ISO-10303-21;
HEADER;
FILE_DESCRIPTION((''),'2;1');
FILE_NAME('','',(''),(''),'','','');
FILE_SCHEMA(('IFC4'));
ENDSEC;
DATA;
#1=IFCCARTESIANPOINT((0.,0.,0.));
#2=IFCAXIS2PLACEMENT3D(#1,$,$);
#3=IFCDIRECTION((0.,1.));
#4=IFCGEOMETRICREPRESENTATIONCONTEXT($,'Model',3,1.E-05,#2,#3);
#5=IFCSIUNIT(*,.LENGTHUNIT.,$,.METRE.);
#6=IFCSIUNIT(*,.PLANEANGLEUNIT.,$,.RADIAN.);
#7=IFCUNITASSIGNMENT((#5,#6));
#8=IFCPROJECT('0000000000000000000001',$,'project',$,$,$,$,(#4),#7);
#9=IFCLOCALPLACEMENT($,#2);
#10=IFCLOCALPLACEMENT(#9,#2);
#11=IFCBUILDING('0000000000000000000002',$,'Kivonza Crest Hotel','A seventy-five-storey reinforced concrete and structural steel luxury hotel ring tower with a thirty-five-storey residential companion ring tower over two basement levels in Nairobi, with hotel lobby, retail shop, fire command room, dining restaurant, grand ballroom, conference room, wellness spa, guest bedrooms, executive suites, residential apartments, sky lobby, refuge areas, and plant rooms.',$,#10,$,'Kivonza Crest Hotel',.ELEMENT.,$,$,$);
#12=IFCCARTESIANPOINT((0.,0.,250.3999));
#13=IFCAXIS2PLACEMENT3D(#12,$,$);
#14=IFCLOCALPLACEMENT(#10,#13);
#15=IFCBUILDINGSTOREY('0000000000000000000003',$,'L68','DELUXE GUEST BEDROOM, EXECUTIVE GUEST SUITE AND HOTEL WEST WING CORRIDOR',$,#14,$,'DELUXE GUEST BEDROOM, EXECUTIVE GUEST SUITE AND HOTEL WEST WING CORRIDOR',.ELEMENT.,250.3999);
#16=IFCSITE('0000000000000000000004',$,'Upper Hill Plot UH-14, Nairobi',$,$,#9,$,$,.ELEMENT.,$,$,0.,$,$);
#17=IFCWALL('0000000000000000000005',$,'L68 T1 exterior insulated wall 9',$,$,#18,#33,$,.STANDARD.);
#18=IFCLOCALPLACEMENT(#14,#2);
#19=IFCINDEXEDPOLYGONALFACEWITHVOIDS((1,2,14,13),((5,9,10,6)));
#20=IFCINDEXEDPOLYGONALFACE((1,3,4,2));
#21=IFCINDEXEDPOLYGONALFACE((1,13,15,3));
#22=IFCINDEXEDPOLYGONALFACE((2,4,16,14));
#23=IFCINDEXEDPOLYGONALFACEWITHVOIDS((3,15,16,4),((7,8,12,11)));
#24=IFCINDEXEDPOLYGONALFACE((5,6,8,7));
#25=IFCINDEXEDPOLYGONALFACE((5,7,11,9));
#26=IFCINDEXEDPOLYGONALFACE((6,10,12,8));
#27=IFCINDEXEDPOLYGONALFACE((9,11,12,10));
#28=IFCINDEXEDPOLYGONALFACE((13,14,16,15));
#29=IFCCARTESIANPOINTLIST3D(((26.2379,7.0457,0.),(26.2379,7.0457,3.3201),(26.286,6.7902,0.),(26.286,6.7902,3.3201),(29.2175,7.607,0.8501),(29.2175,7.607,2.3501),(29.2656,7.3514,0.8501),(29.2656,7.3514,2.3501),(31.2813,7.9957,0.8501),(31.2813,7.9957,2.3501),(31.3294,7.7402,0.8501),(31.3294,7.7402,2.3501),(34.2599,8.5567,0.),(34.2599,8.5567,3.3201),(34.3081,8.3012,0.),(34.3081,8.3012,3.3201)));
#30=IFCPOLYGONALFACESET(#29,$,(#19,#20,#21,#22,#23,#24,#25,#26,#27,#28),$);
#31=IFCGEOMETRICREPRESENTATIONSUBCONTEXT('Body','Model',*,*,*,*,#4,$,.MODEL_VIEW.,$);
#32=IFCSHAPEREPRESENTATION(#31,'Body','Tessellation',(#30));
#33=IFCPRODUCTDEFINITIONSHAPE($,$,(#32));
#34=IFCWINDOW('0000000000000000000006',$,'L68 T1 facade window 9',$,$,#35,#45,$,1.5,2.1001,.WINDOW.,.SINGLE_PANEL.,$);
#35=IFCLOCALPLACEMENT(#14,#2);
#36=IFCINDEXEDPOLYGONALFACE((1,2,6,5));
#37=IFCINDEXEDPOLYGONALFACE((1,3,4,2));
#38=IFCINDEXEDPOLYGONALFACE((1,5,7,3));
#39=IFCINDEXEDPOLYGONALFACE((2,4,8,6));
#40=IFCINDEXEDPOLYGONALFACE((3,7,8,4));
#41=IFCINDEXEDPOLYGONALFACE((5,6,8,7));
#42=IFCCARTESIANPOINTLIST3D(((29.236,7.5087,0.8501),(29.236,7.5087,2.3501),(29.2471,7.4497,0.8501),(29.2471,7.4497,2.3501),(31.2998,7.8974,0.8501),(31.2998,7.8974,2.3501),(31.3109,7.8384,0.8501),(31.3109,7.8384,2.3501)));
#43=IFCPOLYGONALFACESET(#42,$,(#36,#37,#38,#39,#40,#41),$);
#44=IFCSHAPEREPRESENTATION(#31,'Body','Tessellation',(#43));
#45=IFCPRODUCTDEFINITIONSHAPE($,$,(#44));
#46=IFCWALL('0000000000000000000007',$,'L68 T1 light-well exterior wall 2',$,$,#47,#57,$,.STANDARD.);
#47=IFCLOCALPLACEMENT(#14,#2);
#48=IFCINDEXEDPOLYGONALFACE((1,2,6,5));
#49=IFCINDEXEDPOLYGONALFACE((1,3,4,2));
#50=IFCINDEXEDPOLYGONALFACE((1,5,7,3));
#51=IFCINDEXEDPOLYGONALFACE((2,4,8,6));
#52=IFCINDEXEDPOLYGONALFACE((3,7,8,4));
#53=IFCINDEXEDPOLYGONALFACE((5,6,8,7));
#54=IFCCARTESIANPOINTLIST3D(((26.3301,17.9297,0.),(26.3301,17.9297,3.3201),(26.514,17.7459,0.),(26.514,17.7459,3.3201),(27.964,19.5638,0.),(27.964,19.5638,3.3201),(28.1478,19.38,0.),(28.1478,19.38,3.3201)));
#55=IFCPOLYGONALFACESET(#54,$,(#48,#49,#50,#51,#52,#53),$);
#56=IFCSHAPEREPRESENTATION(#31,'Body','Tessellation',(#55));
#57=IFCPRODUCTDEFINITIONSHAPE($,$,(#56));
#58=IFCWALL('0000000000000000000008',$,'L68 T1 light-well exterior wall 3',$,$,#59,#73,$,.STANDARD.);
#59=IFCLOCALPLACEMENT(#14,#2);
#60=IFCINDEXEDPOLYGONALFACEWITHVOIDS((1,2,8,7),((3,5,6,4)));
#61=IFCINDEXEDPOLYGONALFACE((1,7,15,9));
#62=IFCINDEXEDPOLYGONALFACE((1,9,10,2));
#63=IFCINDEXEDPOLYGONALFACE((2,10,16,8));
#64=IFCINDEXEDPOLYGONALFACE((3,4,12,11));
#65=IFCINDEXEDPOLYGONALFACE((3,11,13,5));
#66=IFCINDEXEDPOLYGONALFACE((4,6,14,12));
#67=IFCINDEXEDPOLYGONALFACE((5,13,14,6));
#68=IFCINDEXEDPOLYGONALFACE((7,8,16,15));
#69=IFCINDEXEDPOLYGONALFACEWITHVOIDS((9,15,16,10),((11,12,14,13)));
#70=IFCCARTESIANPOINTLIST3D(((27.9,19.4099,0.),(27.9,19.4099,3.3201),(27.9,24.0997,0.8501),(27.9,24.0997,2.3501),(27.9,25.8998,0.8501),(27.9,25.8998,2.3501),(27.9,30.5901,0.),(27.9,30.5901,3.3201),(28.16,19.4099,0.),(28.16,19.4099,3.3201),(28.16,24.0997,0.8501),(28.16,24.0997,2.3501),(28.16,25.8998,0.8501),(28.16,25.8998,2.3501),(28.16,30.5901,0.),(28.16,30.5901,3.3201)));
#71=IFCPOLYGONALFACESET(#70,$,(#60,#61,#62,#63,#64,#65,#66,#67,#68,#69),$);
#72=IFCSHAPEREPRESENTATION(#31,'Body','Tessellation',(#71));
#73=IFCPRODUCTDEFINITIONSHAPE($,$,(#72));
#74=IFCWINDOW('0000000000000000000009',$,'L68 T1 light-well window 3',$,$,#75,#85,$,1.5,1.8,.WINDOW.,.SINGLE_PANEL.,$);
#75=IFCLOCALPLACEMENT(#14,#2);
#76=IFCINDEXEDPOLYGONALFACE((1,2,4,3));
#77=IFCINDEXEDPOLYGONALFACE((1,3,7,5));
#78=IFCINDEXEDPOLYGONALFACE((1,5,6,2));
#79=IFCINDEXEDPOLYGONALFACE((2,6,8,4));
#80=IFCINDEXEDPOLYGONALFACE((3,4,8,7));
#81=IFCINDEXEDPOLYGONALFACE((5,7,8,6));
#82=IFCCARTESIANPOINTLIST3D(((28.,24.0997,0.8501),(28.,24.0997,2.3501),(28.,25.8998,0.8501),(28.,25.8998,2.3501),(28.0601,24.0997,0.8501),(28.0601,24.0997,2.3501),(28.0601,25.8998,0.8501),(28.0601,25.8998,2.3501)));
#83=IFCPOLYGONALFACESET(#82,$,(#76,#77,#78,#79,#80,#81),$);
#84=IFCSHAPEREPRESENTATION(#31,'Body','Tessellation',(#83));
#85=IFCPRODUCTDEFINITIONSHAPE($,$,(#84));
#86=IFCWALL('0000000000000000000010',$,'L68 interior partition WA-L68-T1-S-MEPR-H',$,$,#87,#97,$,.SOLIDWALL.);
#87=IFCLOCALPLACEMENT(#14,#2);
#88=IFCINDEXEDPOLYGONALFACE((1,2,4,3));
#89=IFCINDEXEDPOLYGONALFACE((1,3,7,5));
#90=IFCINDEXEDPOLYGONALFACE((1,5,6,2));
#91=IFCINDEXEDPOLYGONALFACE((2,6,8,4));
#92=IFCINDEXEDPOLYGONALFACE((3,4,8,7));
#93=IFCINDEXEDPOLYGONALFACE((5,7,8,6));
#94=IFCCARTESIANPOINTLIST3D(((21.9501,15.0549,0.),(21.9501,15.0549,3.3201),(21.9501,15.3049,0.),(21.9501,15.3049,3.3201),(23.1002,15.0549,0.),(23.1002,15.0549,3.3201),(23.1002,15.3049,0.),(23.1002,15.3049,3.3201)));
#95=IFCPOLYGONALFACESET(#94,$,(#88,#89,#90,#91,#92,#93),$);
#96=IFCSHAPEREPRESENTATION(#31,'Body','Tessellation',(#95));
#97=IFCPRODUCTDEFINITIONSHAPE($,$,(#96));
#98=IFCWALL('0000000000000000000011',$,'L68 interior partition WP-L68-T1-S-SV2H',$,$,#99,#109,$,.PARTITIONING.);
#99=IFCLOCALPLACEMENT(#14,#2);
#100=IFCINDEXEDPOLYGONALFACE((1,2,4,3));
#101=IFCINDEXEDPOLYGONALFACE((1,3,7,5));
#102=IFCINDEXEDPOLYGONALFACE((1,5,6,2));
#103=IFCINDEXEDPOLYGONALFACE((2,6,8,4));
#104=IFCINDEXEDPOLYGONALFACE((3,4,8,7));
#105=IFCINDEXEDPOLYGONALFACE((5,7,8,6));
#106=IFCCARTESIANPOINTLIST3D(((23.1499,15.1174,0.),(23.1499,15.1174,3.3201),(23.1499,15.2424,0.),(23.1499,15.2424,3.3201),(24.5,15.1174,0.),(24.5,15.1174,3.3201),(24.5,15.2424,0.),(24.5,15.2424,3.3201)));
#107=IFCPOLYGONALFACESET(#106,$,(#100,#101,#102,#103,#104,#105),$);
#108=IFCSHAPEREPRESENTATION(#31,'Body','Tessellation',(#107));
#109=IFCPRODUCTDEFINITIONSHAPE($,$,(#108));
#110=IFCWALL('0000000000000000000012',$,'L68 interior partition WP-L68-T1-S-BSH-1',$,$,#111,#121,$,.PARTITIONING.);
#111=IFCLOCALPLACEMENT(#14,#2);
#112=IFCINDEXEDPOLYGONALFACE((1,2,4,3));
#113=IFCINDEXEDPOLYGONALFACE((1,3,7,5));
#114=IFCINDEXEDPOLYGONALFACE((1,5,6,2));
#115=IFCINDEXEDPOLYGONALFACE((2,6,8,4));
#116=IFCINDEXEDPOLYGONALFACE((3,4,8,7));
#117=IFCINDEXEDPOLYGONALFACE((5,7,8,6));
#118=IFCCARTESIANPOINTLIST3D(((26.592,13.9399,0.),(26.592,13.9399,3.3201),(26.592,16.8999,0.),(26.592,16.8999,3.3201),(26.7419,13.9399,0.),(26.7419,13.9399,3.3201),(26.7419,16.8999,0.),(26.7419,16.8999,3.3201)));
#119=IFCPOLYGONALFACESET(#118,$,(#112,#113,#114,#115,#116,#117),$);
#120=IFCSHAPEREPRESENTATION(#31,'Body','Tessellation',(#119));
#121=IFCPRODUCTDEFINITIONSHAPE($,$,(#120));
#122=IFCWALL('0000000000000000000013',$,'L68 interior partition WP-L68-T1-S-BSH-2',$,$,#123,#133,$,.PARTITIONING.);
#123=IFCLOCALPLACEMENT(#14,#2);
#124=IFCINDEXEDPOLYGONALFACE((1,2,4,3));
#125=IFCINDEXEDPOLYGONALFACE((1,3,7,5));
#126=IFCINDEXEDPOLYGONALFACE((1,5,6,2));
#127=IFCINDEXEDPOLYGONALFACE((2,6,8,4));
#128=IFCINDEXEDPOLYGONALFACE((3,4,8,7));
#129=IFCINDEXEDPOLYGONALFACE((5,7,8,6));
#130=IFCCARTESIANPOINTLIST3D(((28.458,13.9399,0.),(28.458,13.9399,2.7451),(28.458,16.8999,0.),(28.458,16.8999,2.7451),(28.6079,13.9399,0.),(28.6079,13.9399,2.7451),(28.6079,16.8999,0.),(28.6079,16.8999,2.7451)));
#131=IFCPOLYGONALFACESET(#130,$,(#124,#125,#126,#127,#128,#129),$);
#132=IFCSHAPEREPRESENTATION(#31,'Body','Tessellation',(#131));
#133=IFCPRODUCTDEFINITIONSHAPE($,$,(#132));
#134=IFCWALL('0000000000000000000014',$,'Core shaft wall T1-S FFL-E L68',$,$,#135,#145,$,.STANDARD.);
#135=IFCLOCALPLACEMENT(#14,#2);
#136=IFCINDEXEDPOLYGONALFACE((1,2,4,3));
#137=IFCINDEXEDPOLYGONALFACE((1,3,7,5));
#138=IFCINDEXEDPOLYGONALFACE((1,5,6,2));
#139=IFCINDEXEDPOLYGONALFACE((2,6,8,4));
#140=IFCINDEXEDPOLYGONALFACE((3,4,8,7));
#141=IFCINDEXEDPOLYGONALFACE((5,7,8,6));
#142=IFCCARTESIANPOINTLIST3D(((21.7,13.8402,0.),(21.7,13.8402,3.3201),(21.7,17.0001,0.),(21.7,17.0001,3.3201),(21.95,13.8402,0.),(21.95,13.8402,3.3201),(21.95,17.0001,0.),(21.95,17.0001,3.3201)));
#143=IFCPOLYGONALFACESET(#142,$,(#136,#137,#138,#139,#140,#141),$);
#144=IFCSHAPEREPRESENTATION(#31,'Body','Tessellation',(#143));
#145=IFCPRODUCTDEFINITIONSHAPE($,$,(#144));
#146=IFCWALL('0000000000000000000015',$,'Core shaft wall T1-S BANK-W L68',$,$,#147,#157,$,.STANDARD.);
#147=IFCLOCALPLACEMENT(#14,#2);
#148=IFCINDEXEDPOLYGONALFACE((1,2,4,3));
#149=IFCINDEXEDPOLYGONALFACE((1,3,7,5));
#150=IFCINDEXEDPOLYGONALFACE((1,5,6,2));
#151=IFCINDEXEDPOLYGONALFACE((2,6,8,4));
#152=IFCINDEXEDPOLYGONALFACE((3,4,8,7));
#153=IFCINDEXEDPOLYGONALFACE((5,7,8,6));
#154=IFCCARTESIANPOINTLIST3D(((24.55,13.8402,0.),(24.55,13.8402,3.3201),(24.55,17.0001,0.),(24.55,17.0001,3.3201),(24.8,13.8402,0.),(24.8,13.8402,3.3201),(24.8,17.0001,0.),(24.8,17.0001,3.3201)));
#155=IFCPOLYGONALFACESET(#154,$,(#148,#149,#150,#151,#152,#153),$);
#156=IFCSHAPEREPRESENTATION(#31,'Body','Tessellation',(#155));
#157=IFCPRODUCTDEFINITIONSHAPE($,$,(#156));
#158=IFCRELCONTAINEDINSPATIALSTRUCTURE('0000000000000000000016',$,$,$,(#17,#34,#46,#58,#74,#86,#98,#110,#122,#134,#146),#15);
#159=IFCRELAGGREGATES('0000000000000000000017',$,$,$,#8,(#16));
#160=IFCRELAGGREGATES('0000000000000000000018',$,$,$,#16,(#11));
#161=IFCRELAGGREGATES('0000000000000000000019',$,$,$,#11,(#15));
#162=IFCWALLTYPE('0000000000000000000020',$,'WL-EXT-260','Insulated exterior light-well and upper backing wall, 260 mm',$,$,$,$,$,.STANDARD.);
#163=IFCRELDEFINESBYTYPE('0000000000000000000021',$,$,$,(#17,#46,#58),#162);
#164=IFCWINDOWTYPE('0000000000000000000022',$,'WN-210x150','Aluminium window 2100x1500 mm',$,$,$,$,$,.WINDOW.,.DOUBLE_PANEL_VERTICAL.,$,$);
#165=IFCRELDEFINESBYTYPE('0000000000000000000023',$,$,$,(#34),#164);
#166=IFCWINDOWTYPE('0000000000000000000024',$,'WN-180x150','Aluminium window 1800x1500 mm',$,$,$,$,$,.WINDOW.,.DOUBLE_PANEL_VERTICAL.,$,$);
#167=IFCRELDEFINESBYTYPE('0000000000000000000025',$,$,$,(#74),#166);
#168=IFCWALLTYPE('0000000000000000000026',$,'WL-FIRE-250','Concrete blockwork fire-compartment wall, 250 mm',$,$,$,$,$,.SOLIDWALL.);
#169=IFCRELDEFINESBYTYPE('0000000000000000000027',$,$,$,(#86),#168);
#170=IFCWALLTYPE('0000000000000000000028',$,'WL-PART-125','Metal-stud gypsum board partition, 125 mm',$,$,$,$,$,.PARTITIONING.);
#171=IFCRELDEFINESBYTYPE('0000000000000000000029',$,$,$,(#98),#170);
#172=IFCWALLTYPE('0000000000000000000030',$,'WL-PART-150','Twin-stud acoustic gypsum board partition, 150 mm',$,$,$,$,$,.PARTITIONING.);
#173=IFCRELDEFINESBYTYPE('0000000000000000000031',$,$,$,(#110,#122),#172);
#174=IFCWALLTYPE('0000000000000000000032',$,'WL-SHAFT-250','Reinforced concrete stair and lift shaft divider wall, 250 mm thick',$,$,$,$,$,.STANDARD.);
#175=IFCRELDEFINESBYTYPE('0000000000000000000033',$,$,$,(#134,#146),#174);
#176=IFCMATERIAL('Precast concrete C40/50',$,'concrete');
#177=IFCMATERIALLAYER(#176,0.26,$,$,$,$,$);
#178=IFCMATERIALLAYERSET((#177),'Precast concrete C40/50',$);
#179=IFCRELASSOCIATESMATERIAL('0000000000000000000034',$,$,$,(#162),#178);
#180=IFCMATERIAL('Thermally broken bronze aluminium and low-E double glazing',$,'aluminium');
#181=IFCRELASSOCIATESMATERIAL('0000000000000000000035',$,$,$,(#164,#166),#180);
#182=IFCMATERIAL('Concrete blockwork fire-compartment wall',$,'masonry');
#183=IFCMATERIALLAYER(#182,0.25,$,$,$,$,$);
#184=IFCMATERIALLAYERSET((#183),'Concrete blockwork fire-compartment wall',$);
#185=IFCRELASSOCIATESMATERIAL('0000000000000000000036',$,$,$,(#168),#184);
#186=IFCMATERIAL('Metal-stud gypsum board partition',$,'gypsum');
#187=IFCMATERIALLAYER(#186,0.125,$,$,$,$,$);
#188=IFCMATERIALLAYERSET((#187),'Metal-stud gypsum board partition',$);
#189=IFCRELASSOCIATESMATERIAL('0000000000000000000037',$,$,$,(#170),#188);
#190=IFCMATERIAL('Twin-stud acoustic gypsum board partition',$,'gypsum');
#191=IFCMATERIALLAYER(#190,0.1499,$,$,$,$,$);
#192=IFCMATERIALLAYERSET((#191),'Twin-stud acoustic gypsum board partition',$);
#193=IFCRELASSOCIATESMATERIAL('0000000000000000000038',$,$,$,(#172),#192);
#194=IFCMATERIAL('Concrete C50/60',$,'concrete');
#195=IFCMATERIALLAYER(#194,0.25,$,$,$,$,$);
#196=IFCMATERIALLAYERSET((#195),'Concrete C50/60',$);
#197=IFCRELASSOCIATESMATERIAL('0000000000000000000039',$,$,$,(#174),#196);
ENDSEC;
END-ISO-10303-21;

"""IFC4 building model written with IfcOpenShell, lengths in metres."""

from ifc_helpers import new_model, si_unit, direction, frame, frame_2d, origin, place, context, subcontext, project, spatial, rectangle, extrude, material, layer, layer_set, type_object, element, fill, save


model = new_model("IFC4")

# Units and contexts
model_context = context("Model", 3, precision=1e-05, world=origin(), true_north=direction((0.0, 1.0)))
body_context = subcontext(model_context, "Body", "Model", "MODEL_VIEW")
ifc_project = project(units=[si_unit("LENGTHUNIT", "METRE"), si_unit("PLANEANGLEUNIT", "RADIAN")], contexts=[model_context])

# Site, building, storey
site_placement = place(None, origin())
site = spatial("IfcSite", under=ifc_project, at=site_placement, Name="Upper Hill Plot UH-14, Nairobi", CompositionType="ELEMENT", RefElevation=0.0)
building_placement = place(site_placement, origin())
building = spatial("IfcBuilding", under=site, at=building_placement, Name="Kivonza Crest Hotel", Description="A seventy-five-storey reinforced concrete and structural steel luxury hotel ring tower with a thirty-five-storey residential companion ring tower over two basement levels in Nairobi, with hotel lobby, retail shop, fire command room, dining restaurant, grand ballroom, conference room, wellness spa, guest bedrooms, executive suites, residential apartments, sky lobby, refuge areas, and plant rooms.", LongName="Kivonza Crest Hotel", CompositionType="ELEMENT")
storey_placement = place(building_placement, frame((0.0, 0.0, 250.3999)))
storey = spatial("IfcBuildingStorey", under=building, at=storey_placement, Name="L68", Description="DELUXE GUEST BEDROOM, EXECUTIVE GUEST SUITE AND HOTEL WEST WING CORRIDOR", LongName="DELUXE GUEST BEDROOM, EXECUTIVE GUEST SUITE AND HOTEL WEST WING CORRIDOR", CompositionType="ELEMENT", Elevation=250.3999)

# Shared definitions
ifc_material_1 = material(Name="Concrete C50/60", Category="concrete")

# Wall, opening, window
ifc_material_2 = material(Name="Precast concrete C40/50", Category="concrete")
ifc_layer_1 = layer(ifc_material_2, 0.26)
ifc_layer_set_1 = layer_set([ifc_layer_1], Name="Precast concrete C40/50")
wall_type_1 = type_object("IfcWallType", Name="WL-EXT-260", Description="Insulated exterior light-well and upper backing wall, 260 mm", PredefinedType="STANDARD", material=ifc_layer_set_1)
wall_1_placement = place(storey_placement, frame((26.262, 6.918, 0.0), z_axis=(0.0, 0.0, 1.0), x_axis=(0.982719, 0.185101, 0.0)))
wall_1 = element("IfcWall", 1, at=wall_1_placement, inside=storey, type_object=wall_type_1, Name="L68 T1 exterior insulated wall 9", PredefinedType="STANDARD", context=body_context, shape_type="SweptSolid", body=[
    extrude(rectangle(XDim=8.1631, YDim=0.26, at=frame_2d((4.0815, 0.0))), origin(), (0.0, 0.0, 1.0), 3.3201),
])
opening_1_placement = place(wall_1_placement, frame((3.032, 0.0, 0.8501)))
opening_1 = element("IfcOpeningElement", 2, at=opening_1_placement, cuts=wall_1, PredefinedType="OPENING", context=body_context, shape_type="SweptSolid", body=[
    extrude(rectangle(XDim=2.1001, YDim=1.5, at=frame_2d((1.05, 0.75))), frame((0.0, 0.1401, 0.0), z_axis=(0.0, -1.0, 0.0), x_axis=(1.0, 0.0, 0.0)), (0.0, 0.0, 1.0), 0.28),
])
ifc_material_3 = material(Name="Thermally broken bronze aluminium and low-E double glazing", Category="aluminium")
window_type_1 = type_object("IfcWindowType", Name="WN-210x150", Description="Aluminium window 2100x1500 mm", PartitioningType="DOUBLE_PANEL_VERTICAL", PredefinedType="WINDOW", material=ifc_material_3)
window_1_placement = place(opening_1_placement, origin())
window_1 = element("IfcWindow", 3, at=window_1_placement, inside=storey, type_object=window_type_1, Name="L68 T1 facade window 9", OverallHeight=1.5, OverallWidth=2.1001, PartitioningType="SINGLE_PANEL", PredefinedType="WINDOW", context=body_context, shape_type="SweptSolid", body=[
    extrude(rectangle(XDim=2.1001, YDim=1.5, at=frame_2d((1.05, 0.75))), frame((0.0, 0.03, 0.0), z_axis=(0.0, -1.0, 0.0), x_axis=(1.0, 0.0, 0.0)), (0.0, 0.0, 1.0), 0.0601),
])
fill(opening_1, window_1)

# Wall
wall_2_placement = place(storey_placement, frame((26.4221, 17.8379, 0.0), z_axis=(0.0, 0.0, 1.0), x_axis=(0.707054, 0.70716, 0.0)))
element("IfcWall", 4, at=wall_2_placement, inside=storey, type_object=wall_type_1, Name="L68 T1 light-well exterior wall 2", PredefinedType="STANDARD", context=body_context, shape_type="SweptSolid", body=[
    extrude(rectangle(XDim=2.3108, YDim=0.26, at=frame_2d((1.1553, 0.0))), origin(), (0.0, 0.0, 1.0), 3.3201),
])

# Wall, opening, window
wall_3_placement = place(storey_placement, frame((28.03, 19.4099, 0.0), z_axis=(0.0, 0.0, 1.0), x_axis=(0.0, 1.0, 0.0)))
wall_3 = element("IfcWall", 5, at=wall_3_placement, inside=storey, type_object=wall_type_1, Name="L68 T1 light-well exterior wall 3", PredefinedType="STANDARD", context=body_context, shape_type="SweptSolid", body=[
    extrude(rectangle(XDim=11.1802, YDim=0.26, at=frame_2d((5.5901, 0.0))), origin(), (0.0, 0.0, 1.0), 3.3201),
])
opening_2_placement = place(wall_3_placement, frame((4.6899, 0.0, 0.8501)))
opening_2 = element("IfcOpeningElement", 6, at=opening_2_placement, cuts=wall_3, PredefinedType="OPENING", context=body_context, shape_type="SweptSolid", body=[
    extrude(rectangle(XDim=1.8, YDim=1.5, at=frame_2d((0.8999, 0.75))), frame((0.0, 0.1401, 0.0), z_axis=(0.0, -1.0, 0.0), x_axis=(1.0, 0.0, 0.0)), (0.0, 0.0, 1.0), 0.28),
])
window_type_2 = type_object("IfcWindowType", Name="WN-180x150", Description="Aluminium window 1800x1500 mm", PartitioningType="DOUBLE_PANEL_VERTICAL", PredefinedType="WINDOW", material=ifc_material_3)
window_2_placement = place(opening_2_placement, origin())
window_2 = element("IfcWindow", 7, at=window_2_placement, inside=storey, type_object=window_type_2, Name="L68 T1 light-well window 3", OverallHeight=1.5, OverallWidth=1.8, PartitioningType="SINGLE_PANEL", PredefinedType="WINDOW", context=body_context, shape_type="SweptSolid", body=[
    extrude(rectangle(XDim=1.8, YDim=1.5, at=frame_2d((0.8999, 0.75))), frame((0.0, 0.03, 0.0), z_axis=(0.0, -1.0, 0.0), x_axis=(1.0, 0.0, 0.0)), (0.0, 0.0, 1.0), 0.0601),
])
fill(opening_2, window_2)

# Walls
ifc_material_4 = material(Name="Concrete blockwork fire-compartment wall", Category="masonry")
ifc_layer_2 = layer(ifc_material_4, 0.25)
ifc_layer_set_2 = layer_set([ifc_layer_2], Name="Concrete blockwork fire-compartment wall")
wall_type_2 = type_object("IfcWallType", Name="WL-FIRE-250", Description="Concrete blockwork fire-compartment wall, 250 mm", PredefinedType="SOLIDWALL", material=ifc_layer_set_2)
wall_4_placement = place(storey_placement, frame((21.95, 15.1799, 0.0), z_axis=(0.0, 0.0, 1.0), x_axis=(1.0, 0.0, 0.0)))
element("IfcWall", 8, at=wall_4_placement, inside=storey, type_object=wall_type_2, Name="L68 interior partition WA-L68-T1-S-MEPR-H", PredefinedType="SOLIDWALL", context=body_context, shape_type="SweptSolid", body=[
    extrude(rectangle(XDim=1.1501, YDim=0.25, at=frame_2d((0.5752, 0.0))), origin(), (0.0, 0.0, 1.0), 3.3201),
])
ifc_material_5 = material(Name="Metal-stud gypsum board partition", Category="gypsum")
ifc_layer_3 = layer(ifc_material_5, 0.125)
ifc_layer_set_3 = layer_set([ifc_layer_3], Name="Metal-stud gypsum board partition")
wall_type_3 = type_object("IfcWallType", Name="WL-PART-125", Description="Metal-stud gypsum board partition, 125 mm", PredefinedType="PARTITIONING", material=ifc_layer_set_3)
wall_5_placement = place(storey_placement, frame((23.1499, 15.1799, 0.0), z_axis=(0.0, 0.0, 1.0), x_axis=(1.0, 0.0, 0.0)))
element("IfcWall", 9, at=wall_5_placement, inside=storey, type_object=wall_type_3, Name="L68 interior partition WP-L68-T1-S-SV2H", PredefinedType="PARTITIONING", context=body_context, shape_type="SweptSolid", body=[
    extrude(rectangle(XDim=1.3501, YDim=0.125, at=frame_2d((0.675, 0.0))), origin(), (0.0, 0.0, 1.0), 3.3201),
])
ifc_material_6 = material(Name="Twin-stud acoustic gypsum board partition", Category="gypsum")
ifc_layer_4 = layer(ifc_material_6, 0.1499)
ifc_layer_set_4 = layer_set([ifc_layer_4], Name="Twin-stud acoustic gypsum board partition")
wall_type_4 = type_object("IfcWallType", Name="WL-PART-150", Description="Twin-stud acoustic gypsum board partition, 150 mm", PredefinedType="PARTITIONING", material=ifc_layer_set_4)
wall_6_placement = place(storey_placement, frame((26.667, 13.9399, 0.0), z_axis=(0.0, 0.0, 1.0), x_axis=(0.0, 1.0, 0.0)))
element("IfcWall", 10, at=wall_6_placement, inside=storey, type_object=wall_type_4, Name="L68 interior partition WP-L68-T1-S-BSH-1", PredefinedType="PARTITIONING", context=body_context, shape_type="SweptSolid", body=[
    extrude(rectangle(XDim=2.96, YDim=0.1499, at=frame_2d((1.48, 0.0))), origin(), (0.0, 0.0, 1.0), 3.3201),
])
wall_7_placement = place(storey_placement, frame((28.533, 13.9399, 0.0), z_axis=(0.0, 0.0, 1.0), x_axis=(0.0, 1.0, 0.0)))
element("IfcWall", 11, at=wall_7_placement, inside=storey, type_object=wall_type_4, Name="L68 interior partition WP-L68-T1-S-BSH-2", PredefinedType="PARTITIONING", context=body_context, shape_type="SweptSolid", body=[
    extrude(rectangle(XDim=2.96, YDim=0.1499, at=frame_2d((1.48, 0.0))), origin(), (0.0, 0.0, 1.0), 2.7451),
])

# Shared definitions
ifc_layer_5 = layer(ifc_material_1, 0.25)
ifc_layer_set_5 = layer_set([ifc_layer_5], Name="Concrete C50/60")
wall_type_5 = type_object("IfcWallType", Name="WL-SHAFT-250", Description="Reinforced concrete stair and lift shaft divider wall, 250 mm thick", PredefinedType="STANDARD", material=ifc_layer_set_5)

# Walls
for number, where, z_axis, x_axis, name in (
    (12, (21.825, 13.8401, 0.0), (0.0, 0.0, 1.0), (0.0, 1.0, 0.0), "Core shaft wall T1-S FFL-E L68"),
    (13, (24.675, 13.8401, 0.0), (0.0, 0.0, 1.0), (0.0, 1.0, 0.0), "Core shaft wall T1-S BANK-W L68"),
):
    element("IfcWall", number, at=place(storey_placement, frame(where, z_axis=z_axis, x_axis=x_axis)), inside=storey, type_object=wall_type_5, Name=name, PredefinedType="STANDARD", context=body_context, shape_type="SweptSolid", body=[
        extrude(rectangle(XDim=3.1599, YDim=0.25, at=frame_2d((1.5801, 0.0))), origin(), (0.0, 0.0, 1.0), 3.3201),
    ])

save(model, "model.ifc")
